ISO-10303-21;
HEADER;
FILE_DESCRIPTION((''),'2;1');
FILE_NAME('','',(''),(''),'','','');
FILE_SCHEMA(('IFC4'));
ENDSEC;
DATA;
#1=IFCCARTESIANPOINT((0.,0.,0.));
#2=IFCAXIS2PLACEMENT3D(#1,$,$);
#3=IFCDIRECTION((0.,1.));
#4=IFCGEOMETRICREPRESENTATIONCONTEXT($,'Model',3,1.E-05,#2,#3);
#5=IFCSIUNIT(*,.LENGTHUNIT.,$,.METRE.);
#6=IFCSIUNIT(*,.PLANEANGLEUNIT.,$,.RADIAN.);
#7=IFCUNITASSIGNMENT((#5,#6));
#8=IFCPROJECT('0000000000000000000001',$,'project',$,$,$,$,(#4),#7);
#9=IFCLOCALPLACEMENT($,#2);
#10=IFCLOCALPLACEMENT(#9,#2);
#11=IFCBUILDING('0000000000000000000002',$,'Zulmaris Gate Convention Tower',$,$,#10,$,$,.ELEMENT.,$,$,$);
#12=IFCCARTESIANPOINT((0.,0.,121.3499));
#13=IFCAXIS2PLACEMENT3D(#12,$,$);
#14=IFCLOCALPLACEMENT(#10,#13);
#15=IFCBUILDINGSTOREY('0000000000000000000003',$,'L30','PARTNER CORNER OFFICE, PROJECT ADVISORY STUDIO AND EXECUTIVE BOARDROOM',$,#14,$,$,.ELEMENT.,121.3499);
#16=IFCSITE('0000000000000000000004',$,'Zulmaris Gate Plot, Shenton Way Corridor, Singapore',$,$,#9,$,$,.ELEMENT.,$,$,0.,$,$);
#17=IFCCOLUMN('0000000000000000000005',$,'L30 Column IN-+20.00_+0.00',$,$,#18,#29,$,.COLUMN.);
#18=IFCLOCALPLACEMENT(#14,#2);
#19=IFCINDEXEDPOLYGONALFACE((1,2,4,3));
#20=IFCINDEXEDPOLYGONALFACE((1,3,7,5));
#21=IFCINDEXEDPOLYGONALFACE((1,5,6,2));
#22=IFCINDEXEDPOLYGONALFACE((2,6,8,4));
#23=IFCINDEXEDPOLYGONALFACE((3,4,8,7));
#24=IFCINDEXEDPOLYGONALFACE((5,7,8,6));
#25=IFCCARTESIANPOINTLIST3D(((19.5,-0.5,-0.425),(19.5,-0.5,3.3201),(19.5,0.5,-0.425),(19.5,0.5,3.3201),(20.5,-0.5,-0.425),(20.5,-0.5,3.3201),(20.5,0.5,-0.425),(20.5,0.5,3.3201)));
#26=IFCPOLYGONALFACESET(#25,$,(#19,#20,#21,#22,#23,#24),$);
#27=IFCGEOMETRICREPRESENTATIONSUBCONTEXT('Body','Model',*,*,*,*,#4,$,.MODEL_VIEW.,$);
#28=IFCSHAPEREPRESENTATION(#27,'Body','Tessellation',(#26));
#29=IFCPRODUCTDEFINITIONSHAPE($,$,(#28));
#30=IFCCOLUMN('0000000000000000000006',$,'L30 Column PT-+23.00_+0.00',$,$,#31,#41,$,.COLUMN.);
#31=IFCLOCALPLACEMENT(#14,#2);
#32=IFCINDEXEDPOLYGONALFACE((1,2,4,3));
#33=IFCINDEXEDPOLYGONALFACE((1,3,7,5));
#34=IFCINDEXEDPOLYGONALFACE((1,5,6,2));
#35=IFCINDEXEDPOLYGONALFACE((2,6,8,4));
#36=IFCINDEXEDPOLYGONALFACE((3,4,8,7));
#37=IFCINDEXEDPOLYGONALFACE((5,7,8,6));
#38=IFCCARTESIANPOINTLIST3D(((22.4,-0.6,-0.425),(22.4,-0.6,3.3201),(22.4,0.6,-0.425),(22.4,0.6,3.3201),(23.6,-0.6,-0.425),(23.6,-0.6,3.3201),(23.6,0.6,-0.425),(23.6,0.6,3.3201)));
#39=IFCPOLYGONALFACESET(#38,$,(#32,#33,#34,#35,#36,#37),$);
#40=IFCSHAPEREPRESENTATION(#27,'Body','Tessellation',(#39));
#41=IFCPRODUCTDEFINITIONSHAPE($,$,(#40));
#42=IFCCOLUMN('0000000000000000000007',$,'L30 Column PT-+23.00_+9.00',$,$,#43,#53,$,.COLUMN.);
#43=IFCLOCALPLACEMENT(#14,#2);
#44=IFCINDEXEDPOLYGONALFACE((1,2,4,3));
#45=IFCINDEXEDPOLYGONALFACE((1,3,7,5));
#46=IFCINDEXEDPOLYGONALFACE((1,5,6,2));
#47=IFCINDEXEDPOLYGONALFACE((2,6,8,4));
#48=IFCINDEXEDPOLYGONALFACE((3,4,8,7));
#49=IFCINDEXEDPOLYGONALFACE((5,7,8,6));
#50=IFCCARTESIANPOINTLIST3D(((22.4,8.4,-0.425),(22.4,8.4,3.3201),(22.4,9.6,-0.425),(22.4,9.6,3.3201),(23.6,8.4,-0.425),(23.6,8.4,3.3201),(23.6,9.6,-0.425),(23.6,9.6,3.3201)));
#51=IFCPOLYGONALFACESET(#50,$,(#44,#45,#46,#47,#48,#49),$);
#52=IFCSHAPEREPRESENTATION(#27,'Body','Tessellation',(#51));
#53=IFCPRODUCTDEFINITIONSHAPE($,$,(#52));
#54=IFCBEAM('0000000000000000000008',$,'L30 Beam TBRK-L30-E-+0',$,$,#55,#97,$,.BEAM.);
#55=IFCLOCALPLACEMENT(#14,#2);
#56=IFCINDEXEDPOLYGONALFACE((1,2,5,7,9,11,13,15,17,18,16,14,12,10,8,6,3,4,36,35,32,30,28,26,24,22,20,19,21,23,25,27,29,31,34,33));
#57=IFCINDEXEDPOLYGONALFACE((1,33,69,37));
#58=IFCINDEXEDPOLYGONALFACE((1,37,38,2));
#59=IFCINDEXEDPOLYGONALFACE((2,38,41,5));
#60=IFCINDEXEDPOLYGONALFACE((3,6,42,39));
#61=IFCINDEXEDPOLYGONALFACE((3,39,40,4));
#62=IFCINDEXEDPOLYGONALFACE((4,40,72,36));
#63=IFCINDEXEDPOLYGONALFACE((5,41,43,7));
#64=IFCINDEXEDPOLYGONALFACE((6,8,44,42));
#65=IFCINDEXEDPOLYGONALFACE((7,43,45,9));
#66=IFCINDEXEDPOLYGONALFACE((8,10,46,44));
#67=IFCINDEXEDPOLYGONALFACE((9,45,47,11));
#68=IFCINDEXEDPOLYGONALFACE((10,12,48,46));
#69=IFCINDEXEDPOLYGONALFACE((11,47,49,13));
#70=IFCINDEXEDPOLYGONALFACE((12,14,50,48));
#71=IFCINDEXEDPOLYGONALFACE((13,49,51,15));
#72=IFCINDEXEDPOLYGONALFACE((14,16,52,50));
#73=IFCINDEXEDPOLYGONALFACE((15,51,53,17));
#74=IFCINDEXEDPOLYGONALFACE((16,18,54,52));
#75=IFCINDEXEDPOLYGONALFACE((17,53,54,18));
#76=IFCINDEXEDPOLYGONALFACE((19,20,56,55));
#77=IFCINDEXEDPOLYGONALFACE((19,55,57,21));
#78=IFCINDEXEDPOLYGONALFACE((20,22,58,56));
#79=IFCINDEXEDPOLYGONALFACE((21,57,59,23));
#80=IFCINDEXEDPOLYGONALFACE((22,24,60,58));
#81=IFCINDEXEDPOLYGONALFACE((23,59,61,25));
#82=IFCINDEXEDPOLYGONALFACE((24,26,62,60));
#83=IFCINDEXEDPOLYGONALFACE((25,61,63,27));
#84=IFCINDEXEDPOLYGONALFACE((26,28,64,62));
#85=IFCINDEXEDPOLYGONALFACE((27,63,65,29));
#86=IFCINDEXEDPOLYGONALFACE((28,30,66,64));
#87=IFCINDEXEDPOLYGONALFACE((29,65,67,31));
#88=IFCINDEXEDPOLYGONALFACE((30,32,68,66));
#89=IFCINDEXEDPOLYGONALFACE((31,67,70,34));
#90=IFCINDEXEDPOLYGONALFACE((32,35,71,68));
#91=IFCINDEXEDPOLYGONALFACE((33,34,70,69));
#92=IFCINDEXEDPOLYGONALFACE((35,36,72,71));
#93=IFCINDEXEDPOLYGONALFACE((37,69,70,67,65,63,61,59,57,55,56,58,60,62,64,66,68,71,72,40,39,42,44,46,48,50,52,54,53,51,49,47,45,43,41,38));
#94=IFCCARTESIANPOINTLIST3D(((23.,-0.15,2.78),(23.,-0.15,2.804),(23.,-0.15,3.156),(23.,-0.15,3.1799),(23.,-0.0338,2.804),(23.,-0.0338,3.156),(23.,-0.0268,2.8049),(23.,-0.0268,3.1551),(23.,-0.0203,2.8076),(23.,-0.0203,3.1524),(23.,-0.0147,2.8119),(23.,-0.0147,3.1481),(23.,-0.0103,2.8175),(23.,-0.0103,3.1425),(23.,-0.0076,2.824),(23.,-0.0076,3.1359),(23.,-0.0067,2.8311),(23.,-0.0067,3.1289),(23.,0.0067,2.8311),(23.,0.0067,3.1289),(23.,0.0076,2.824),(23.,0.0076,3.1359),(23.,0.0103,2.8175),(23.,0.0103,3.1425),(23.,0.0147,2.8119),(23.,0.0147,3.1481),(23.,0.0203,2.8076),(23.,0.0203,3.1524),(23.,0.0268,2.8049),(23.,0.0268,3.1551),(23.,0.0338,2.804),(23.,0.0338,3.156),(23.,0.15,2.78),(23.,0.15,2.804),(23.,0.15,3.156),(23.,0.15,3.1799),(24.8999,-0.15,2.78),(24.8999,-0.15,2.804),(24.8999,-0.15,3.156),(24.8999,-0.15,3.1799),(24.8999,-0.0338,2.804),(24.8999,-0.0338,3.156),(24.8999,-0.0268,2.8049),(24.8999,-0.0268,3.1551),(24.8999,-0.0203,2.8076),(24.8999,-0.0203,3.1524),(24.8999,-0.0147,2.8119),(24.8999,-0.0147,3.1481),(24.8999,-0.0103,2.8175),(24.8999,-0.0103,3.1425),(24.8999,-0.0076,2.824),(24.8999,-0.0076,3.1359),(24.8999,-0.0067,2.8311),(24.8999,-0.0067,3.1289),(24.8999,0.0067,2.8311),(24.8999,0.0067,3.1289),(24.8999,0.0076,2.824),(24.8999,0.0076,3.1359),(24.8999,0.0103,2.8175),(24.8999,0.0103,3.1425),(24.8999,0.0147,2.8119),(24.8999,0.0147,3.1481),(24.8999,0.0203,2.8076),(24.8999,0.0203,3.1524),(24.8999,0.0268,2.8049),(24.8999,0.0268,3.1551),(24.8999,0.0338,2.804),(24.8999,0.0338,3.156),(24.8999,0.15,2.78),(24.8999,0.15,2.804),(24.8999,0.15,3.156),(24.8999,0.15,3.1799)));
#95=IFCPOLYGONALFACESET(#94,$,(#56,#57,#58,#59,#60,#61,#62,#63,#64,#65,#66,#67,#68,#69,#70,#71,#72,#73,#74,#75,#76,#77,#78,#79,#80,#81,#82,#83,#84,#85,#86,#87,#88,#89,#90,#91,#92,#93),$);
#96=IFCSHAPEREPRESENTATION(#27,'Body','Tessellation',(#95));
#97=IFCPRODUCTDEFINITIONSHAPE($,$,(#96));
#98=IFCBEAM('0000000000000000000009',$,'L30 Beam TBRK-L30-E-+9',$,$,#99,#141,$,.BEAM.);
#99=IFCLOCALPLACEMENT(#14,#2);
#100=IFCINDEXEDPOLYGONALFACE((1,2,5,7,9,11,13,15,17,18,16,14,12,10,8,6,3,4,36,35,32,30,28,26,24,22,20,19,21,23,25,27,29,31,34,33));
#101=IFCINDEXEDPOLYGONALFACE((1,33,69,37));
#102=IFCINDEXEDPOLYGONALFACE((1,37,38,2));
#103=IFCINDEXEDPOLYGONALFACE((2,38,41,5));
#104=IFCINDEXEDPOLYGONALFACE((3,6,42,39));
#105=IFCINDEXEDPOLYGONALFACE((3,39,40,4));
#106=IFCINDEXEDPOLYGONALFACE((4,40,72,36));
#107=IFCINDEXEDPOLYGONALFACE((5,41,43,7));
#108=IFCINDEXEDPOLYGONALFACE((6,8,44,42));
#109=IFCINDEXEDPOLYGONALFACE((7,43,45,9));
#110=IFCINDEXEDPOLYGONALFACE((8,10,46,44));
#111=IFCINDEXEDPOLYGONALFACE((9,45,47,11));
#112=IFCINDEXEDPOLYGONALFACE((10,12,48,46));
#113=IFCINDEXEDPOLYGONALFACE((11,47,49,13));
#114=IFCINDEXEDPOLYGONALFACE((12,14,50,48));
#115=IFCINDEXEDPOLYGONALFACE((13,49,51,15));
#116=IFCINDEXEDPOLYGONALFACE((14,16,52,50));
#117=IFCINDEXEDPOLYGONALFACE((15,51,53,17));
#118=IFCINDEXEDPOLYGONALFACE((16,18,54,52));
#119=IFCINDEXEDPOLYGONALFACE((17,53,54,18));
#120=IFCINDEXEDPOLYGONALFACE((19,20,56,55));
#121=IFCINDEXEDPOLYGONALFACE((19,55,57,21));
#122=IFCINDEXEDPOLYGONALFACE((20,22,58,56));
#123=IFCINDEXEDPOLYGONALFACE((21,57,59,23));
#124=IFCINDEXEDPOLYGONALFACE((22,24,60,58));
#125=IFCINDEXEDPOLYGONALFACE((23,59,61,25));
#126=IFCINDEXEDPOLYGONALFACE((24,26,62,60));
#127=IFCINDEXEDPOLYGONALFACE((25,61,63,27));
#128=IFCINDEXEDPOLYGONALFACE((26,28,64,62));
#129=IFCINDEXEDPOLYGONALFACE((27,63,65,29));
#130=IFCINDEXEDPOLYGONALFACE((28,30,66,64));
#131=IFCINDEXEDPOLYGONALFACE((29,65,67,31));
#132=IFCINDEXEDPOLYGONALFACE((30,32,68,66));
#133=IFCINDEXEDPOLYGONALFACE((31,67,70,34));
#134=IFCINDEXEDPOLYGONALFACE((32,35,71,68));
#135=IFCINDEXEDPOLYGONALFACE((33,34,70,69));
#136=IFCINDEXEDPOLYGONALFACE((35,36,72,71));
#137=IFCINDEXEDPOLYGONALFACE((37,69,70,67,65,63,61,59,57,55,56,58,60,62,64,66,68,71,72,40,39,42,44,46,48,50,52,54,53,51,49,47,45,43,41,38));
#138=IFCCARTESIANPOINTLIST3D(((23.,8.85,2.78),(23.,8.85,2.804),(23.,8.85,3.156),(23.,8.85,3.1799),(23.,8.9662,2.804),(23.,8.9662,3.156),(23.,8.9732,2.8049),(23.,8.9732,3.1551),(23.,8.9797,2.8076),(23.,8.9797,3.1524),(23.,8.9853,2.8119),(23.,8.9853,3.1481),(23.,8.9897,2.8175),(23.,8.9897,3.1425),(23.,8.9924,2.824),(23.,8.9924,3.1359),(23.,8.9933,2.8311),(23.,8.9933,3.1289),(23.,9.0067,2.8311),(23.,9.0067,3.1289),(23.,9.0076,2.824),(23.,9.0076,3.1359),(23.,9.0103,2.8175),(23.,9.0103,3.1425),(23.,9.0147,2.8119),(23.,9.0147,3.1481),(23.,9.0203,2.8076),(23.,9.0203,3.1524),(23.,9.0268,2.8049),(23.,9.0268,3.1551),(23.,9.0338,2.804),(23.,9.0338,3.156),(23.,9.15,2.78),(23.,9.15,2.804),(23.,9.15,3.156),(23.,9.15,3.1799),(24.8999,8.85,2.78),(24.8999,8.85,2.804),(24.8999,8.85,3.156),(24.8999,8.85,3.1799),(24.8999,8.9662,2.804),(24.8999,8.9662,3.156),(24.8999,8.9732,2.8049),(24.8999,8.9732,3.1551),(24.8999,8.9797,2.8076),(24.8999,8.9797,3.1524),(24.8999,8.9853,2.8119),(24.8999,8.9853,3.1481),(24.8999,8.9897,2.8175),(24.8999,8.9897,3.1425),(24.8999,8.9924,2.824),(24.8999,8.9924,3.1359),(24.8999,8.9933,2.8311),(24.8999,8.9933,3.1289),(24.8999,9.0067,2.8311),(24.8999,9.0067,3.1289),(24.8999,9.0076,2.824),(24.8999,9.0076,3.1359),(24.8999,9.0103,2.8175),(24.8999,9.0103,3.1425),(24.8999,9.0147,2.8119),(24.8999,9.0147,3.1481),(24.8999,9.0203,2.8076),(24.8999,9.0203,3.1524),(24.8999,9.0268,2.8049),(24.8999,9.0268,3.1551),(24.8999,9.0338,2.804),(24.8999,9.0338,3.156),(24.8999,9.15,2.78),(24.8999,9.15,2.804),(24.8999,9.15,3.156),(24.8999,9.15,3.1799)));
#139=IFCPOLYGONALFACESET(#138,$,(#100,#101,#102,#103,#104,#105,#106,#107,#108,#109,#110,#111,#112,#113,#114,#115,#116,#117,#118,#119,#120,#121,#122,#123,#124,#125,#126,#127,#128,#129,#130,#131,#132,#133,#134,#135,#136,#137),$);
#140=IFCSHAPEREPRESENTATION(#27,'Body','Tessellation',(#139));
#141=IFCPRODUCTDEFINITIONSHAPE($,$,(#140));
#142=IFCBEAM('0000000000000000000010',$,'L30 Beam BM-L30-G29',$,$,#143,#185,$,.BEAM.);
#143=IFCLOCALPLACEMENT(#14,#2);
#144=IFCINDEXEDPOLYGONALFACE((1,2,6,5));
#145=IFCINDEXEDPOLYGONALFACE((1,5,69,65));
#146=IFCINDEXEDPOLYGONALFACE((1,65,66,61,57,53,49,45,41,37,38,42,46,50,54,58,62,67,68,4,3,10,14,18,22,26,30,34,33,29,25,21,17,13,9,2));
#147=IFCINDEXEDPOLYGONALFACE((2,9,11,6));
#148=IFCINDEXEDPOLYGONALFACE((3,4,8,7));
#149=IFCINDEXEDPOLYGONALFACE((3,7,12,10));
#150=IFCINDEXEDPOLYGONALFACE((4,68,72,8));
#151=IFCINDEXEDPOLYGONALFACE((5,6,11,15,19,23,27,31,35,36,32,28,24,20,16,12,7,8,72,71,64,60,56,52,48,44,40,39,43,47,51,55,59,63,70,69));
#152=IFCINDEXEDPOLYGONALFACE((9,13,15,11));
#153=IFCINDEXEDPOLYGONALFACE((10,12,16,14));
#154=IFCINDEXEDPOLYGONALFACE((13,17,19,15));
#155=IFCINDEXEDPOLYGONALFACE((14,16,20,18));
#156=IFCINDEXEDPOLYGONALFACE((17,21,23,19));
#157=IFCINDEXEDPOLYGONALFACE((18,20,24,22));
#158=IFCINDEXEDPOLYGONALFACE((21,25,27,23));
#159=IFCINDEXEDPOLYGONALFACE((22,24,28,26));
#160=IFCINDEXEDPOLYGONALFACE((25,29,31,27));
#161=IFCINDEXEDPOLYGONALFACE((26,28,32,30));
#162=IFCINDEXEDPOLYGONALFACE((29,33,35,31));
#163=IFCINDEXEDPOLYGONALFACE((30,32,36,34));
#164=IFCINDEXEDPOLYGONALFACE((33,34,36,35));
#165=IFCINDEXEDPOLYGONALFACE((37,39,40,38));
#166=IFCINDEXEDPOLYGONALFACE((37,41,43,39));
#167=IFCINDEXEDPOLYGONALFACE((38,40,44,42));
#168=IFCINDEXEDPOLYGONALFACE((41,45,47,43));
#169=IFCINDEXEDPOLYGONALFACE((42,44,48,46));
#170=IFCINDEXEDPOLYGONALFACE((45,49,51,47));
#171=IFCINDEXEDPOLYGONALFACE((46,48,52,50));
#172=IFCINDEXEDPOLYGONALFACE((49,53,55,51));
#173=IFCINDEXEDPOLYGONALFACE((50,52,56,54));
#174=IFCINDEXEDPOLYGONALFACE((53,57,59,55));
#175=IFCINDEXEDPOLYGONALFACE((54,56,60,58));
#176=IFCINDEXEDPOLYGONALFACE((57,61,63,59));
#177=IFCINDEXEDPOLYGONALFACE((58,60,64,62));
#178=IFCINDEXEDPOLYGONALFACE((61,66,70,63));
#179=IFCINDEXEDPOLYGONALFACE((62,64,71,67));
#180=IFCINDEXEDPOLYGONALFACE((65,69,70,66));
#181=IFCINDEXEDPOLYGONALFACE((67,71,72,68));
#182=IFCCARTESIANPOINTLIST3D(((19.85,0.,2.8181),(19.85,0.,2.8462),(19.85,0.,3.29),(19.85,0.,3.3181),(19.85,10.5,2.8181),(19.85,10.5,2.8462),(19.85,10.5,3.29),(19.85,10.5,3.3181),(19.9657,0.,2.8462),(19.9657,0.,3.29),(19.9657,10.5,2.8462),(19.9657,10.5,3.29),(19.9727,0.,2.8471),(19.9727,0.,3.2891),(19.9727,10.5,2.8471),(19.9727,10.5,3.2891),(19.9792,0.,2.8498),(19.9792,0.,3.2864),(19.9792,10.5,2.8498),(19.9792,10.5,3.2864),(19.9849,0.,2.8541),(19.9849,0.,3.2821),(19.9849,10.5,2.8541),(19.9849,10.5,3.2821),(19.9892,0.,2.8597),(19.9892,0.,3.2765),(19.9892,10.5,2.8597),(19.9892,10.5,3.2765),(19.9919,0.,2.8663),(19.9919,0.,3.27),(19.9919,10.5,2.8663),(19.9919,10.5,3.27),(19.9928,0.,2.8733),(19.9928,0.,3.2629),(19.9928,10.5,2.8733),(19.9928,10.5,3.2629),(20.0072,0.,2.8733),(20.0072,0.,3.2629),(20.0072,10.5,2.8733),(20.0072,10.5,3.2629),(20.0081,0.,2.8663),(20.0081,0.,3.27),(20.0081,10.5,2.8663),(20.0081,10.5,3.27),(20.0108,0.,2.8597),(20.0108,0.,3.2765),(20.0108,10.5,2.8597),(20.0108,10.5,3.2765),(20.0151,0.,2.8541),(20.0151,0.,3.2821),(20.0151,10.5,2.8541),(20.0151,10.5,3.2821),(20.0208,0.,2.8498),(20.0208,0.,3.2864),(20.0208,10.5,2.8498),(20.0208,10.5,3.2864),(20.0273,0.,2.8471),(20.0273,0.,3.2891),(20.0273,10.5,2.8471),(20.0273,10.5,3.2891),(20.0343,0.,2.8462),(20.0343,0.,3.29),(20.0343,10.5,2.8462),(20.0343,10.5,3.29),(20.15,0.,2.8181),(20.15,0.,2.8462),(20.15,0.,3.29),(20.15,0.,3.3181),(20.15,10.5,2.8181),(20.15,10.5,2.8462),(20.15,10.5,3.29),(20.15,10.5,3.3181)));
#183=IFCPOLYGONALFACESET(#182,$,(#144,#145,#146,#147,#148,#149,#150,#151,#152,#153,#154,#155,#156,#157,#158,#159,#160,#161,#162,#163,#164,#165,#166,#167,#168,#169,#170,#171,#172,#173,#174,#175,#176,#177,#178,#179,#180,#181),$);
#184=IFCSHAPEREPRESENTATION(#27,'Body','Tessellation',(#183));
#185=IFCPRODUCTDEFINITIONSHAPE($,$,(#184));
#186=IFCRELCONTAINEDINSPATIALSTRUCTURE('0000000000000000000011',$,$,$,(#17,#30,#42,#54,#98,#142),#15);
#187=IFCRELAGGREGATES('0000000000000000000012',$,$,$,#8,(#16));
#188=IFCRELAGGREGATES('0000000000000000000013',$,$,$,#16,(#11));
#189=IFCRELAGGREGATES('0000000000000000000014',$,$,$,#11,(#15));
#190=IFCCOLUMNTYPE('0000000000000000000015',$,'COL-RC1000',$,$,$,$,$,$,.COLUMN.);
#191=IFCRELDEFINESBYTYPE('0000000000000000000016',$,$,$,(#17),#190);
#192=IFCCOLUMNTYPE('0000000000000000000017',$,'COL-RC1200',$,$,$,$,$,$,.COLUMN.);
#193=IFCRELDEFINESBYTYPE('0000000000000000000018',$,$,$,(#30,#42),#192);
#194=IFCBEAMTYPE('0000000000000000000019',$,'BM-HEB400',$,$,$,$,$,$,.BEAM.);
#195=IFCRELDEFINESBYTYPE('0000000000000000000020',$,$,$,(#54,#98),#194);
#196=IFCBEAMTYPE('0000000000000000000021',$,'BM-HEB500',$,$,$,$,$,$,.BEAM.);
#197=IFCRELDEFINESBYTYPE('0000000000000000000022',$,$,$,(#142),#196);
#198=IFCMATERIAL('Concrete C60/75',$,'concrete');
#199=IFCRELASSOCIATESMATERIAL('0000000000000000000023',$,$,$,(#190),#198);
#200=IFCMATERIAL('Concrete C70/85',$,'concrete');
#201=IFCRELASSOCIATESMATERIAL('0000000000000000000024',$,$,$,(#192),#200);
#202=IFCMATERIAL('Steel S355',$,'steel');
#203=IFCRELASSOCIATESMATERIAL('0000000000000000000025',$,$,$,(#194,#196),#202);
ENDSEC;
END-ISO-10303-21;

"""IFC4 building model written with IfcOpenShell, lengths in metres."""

from ifc_helpers import new_model, si_unit, direction, frame, origin, origin_2d, place, context, subcontext, project, spatial, rectangle, i_section, extrude, material, material_profile, profile_set, type_object, element, save


model = new_model("IFC4")

# Units and contexts
model_context = context("Model", 3, precision=1e-05, world=origin(), true_north=direction((0.0, 1.0)))
body_context = subcontext(model_context, "Body", "Model", "MODEL_VIEW")
ifc_project = project(units=[si_unit("LENGTHUNIT", "METRE"), si_unit("PLANEANGLEUNIT", "RADIAN")], contexts=[model_context])

# Site, building, storey
site_placement = place(None, origin())
site = spatial("IfcSite", under=ifc_project, at=site_placement, Name="Zulmaris Gate Plot, Shenton Way Corridor, Singapore", CompositionType="ELEMENT", RefElevation=0.0)
building_placement = place(site_placement, origin())
building = spatial("IfcBuilding", under=site, at=building_placement, Name="Zulmaris Gate Convention Tower", CompositionType="ELEMENT")
storey_placement = place(building_placement, frame((0.0, 0.0, 121.3499)))
storey = spatial("IfcBuildingStorey", under=building, at=storey_placement, Name="L30", Description="PARTNER CORNER OFFICE, PROJECT ADVISORY STUDIO AND EXECUTIVE BOARDROOM", CompositionType="ELEMENT", Elevation=121.3499)

# Columns
ifc_material_1 = material(Name="Concrete C60/75", Category="concrete")
ifc_material_profile_1 = material_profile(ifc_material_1, rectangle(XDim=1.0, YDim=1.0, at=origin_2d()), Name="RC COL 1000x1000")
ifc_profile_set_1 = profile_set([ifc_material_profile_1], Name="Concrete C60/75")
column_type_1 = type_object("IfcColumnType", Name="COL-RC1000", PredefinedType="COLUMN", material=ifc_profile_set_1)
column_placement = place(storey_placement, frame((20.0, 0.0, -0.425), z_axis=(0.0, 0.0, 1.0), x_axis=(1.0, 0.0, 0.0)))
element("IfcColumn", 1, at=column_placement, inside=storey, type_object=column_type_1, Name="L30 Column IN-+20.00_+0.00", PredefinedType="COLUMN", context=body_context, shape_type="SweptSolid", body=[
    extrude(rectangle(XDim=1.0, YDim=1.0, at=origin_2d()), origin(), (0.0, 0.0, 1.0), 3.7451),
])
ifc_material_2 = material(Name="Concrete C70/85", Category="concrete")
ifc_material_profile_2 = material_profile(ifc_material_2, rectangle(XDim=1.2, YDim=1.2, at=origin_2d()), Name="RC COL 1200x1200")
ifc_profile_set_2 = profile_set([ifc_material_profile_2], Name="Concrete C70/85")
column_type_2 = type_object("IfcColumnType", Name="COL-RC1200", PredefinedType="COLUMN", material=ifc_profile_set_2)
for number, where, z_axis, x_axis, name in (
    (2, (23.0, 0.0, -0.425), (0.0, 0.0, 1.0), (1.0, 0.0, 0.0), "L30 Column PT-+23.00_+0.00"),
    (3, (23.0, 9.0, -0.425), (0.0, 0.0, 1.0), (1.0, 0.0, 0.0), "L30 Column PT-+23.00_+9.00"),
):
    element("IfcColumn", number, at=place(storey_placement, frame(where, z_axis=z_axis, x_axis=x_axis)), inside=storey, type_object=column_type_2, Name=name, PredefinedType="COLUMN", context=body_context, shape_type="SweptSolid", body=[
        extrude(rectangle(XDim=1.2, YDim=1.2, at=origin_2d()), origin(), (0.0, 0.0, 1.0), 3.7451),
    ])

# Beams
ifc_material_3 = material(Name="Steel S355", Category="steel")
ifc_material_profile_3 = material_profile(ifc_material_3, i_section(OverallWidth=0.3, OverallDepth=0.3999, WebThickness=0.0134, FlangeThickness=0.0239, FilletRadius=0.0271, at=origin_2d()), Name="HEB 400")
ifc_profile_set_3 = profile_set([ifc_material_profile_3], Name="Steel S355")
beam_type_1 = type_object("IfcBeamType", Name="BM-HEB400", PredefinedType="BEAM", material=ifc_profile_set_3)
for number, where, z_axis, x_axis, name in (
    (4, (23.0, 0.0, 2.98), (1.0, 0.0, 0.0), (0.0, 1.0, 0.0), "L30 Beam TBRK-L30-E-+0"),
    (5, (23.0, 9.0, 2.98), (1.0, 0.0, 0.0), (0.0, 1.0, 0.0), "L30 Beam TBRK-L30-E-+9"),
):
    element("IfcBeam", number, at=place(storey_placement, frame(where, z_axis=z_axis, x_axis=x_axis)), inside=storey, type_object=beam_type_1, Name=name, PredefinedType="BEAM", context=body_context, shape_type="SweptSolid", body=[
        extrude(i_section(OverallWidth=0.3, OverallDepth=0.3999, WebThickness=0.0134, FlangeThickness=0.0239, FilletRadius=0.0271, at=origin_2d()), origin(), (0.0, 0.0, 1.0), 1.8999),
    ])
ifc_material_profile_4 = material_profile(ifc_material_3, i_section(OverallWidth=0.3, OverallDepth=0.5, WebThickness=0.0144, FlangeThickness=0.0281, FilletRadius=0.0271, at=origin_2d()), Name="HEB 500")
ifc_profile_set_4 = profile_set([ifc_material_profile_4], Name="Steel S355")
beam_type_2 = type_object("IfcBeamType", Name="BM-HEB500", PredefinedType="BEAM", material=ifc_profile_set_4)
beam_1_placement = place(storey_placement, frame((20.0, 0.0, 3.0681), z_axis=(0.0, 1.0, 0.0), x_axis=(-1.0, 0.0, 0.0)))
element("IfcBeam", 6, at=beam_1_placement, inside=storey, type_object=beam_type_2, Name="L30 Beam BM-L30-G29", PredefinedType="BEAM", context=body_context, shape_type="SweptSolid", body=[
    extrude(i_section(OverallWidth=0.3, OverallDepth=0.5, WebThickness=0.0144, FlangeThickness=0.0281, FilletRadius=0.0271, at=origin_2d()), origin(), (0.0, 0.0, 1.0), 10.5),
])

save(model, "model.ifc")
